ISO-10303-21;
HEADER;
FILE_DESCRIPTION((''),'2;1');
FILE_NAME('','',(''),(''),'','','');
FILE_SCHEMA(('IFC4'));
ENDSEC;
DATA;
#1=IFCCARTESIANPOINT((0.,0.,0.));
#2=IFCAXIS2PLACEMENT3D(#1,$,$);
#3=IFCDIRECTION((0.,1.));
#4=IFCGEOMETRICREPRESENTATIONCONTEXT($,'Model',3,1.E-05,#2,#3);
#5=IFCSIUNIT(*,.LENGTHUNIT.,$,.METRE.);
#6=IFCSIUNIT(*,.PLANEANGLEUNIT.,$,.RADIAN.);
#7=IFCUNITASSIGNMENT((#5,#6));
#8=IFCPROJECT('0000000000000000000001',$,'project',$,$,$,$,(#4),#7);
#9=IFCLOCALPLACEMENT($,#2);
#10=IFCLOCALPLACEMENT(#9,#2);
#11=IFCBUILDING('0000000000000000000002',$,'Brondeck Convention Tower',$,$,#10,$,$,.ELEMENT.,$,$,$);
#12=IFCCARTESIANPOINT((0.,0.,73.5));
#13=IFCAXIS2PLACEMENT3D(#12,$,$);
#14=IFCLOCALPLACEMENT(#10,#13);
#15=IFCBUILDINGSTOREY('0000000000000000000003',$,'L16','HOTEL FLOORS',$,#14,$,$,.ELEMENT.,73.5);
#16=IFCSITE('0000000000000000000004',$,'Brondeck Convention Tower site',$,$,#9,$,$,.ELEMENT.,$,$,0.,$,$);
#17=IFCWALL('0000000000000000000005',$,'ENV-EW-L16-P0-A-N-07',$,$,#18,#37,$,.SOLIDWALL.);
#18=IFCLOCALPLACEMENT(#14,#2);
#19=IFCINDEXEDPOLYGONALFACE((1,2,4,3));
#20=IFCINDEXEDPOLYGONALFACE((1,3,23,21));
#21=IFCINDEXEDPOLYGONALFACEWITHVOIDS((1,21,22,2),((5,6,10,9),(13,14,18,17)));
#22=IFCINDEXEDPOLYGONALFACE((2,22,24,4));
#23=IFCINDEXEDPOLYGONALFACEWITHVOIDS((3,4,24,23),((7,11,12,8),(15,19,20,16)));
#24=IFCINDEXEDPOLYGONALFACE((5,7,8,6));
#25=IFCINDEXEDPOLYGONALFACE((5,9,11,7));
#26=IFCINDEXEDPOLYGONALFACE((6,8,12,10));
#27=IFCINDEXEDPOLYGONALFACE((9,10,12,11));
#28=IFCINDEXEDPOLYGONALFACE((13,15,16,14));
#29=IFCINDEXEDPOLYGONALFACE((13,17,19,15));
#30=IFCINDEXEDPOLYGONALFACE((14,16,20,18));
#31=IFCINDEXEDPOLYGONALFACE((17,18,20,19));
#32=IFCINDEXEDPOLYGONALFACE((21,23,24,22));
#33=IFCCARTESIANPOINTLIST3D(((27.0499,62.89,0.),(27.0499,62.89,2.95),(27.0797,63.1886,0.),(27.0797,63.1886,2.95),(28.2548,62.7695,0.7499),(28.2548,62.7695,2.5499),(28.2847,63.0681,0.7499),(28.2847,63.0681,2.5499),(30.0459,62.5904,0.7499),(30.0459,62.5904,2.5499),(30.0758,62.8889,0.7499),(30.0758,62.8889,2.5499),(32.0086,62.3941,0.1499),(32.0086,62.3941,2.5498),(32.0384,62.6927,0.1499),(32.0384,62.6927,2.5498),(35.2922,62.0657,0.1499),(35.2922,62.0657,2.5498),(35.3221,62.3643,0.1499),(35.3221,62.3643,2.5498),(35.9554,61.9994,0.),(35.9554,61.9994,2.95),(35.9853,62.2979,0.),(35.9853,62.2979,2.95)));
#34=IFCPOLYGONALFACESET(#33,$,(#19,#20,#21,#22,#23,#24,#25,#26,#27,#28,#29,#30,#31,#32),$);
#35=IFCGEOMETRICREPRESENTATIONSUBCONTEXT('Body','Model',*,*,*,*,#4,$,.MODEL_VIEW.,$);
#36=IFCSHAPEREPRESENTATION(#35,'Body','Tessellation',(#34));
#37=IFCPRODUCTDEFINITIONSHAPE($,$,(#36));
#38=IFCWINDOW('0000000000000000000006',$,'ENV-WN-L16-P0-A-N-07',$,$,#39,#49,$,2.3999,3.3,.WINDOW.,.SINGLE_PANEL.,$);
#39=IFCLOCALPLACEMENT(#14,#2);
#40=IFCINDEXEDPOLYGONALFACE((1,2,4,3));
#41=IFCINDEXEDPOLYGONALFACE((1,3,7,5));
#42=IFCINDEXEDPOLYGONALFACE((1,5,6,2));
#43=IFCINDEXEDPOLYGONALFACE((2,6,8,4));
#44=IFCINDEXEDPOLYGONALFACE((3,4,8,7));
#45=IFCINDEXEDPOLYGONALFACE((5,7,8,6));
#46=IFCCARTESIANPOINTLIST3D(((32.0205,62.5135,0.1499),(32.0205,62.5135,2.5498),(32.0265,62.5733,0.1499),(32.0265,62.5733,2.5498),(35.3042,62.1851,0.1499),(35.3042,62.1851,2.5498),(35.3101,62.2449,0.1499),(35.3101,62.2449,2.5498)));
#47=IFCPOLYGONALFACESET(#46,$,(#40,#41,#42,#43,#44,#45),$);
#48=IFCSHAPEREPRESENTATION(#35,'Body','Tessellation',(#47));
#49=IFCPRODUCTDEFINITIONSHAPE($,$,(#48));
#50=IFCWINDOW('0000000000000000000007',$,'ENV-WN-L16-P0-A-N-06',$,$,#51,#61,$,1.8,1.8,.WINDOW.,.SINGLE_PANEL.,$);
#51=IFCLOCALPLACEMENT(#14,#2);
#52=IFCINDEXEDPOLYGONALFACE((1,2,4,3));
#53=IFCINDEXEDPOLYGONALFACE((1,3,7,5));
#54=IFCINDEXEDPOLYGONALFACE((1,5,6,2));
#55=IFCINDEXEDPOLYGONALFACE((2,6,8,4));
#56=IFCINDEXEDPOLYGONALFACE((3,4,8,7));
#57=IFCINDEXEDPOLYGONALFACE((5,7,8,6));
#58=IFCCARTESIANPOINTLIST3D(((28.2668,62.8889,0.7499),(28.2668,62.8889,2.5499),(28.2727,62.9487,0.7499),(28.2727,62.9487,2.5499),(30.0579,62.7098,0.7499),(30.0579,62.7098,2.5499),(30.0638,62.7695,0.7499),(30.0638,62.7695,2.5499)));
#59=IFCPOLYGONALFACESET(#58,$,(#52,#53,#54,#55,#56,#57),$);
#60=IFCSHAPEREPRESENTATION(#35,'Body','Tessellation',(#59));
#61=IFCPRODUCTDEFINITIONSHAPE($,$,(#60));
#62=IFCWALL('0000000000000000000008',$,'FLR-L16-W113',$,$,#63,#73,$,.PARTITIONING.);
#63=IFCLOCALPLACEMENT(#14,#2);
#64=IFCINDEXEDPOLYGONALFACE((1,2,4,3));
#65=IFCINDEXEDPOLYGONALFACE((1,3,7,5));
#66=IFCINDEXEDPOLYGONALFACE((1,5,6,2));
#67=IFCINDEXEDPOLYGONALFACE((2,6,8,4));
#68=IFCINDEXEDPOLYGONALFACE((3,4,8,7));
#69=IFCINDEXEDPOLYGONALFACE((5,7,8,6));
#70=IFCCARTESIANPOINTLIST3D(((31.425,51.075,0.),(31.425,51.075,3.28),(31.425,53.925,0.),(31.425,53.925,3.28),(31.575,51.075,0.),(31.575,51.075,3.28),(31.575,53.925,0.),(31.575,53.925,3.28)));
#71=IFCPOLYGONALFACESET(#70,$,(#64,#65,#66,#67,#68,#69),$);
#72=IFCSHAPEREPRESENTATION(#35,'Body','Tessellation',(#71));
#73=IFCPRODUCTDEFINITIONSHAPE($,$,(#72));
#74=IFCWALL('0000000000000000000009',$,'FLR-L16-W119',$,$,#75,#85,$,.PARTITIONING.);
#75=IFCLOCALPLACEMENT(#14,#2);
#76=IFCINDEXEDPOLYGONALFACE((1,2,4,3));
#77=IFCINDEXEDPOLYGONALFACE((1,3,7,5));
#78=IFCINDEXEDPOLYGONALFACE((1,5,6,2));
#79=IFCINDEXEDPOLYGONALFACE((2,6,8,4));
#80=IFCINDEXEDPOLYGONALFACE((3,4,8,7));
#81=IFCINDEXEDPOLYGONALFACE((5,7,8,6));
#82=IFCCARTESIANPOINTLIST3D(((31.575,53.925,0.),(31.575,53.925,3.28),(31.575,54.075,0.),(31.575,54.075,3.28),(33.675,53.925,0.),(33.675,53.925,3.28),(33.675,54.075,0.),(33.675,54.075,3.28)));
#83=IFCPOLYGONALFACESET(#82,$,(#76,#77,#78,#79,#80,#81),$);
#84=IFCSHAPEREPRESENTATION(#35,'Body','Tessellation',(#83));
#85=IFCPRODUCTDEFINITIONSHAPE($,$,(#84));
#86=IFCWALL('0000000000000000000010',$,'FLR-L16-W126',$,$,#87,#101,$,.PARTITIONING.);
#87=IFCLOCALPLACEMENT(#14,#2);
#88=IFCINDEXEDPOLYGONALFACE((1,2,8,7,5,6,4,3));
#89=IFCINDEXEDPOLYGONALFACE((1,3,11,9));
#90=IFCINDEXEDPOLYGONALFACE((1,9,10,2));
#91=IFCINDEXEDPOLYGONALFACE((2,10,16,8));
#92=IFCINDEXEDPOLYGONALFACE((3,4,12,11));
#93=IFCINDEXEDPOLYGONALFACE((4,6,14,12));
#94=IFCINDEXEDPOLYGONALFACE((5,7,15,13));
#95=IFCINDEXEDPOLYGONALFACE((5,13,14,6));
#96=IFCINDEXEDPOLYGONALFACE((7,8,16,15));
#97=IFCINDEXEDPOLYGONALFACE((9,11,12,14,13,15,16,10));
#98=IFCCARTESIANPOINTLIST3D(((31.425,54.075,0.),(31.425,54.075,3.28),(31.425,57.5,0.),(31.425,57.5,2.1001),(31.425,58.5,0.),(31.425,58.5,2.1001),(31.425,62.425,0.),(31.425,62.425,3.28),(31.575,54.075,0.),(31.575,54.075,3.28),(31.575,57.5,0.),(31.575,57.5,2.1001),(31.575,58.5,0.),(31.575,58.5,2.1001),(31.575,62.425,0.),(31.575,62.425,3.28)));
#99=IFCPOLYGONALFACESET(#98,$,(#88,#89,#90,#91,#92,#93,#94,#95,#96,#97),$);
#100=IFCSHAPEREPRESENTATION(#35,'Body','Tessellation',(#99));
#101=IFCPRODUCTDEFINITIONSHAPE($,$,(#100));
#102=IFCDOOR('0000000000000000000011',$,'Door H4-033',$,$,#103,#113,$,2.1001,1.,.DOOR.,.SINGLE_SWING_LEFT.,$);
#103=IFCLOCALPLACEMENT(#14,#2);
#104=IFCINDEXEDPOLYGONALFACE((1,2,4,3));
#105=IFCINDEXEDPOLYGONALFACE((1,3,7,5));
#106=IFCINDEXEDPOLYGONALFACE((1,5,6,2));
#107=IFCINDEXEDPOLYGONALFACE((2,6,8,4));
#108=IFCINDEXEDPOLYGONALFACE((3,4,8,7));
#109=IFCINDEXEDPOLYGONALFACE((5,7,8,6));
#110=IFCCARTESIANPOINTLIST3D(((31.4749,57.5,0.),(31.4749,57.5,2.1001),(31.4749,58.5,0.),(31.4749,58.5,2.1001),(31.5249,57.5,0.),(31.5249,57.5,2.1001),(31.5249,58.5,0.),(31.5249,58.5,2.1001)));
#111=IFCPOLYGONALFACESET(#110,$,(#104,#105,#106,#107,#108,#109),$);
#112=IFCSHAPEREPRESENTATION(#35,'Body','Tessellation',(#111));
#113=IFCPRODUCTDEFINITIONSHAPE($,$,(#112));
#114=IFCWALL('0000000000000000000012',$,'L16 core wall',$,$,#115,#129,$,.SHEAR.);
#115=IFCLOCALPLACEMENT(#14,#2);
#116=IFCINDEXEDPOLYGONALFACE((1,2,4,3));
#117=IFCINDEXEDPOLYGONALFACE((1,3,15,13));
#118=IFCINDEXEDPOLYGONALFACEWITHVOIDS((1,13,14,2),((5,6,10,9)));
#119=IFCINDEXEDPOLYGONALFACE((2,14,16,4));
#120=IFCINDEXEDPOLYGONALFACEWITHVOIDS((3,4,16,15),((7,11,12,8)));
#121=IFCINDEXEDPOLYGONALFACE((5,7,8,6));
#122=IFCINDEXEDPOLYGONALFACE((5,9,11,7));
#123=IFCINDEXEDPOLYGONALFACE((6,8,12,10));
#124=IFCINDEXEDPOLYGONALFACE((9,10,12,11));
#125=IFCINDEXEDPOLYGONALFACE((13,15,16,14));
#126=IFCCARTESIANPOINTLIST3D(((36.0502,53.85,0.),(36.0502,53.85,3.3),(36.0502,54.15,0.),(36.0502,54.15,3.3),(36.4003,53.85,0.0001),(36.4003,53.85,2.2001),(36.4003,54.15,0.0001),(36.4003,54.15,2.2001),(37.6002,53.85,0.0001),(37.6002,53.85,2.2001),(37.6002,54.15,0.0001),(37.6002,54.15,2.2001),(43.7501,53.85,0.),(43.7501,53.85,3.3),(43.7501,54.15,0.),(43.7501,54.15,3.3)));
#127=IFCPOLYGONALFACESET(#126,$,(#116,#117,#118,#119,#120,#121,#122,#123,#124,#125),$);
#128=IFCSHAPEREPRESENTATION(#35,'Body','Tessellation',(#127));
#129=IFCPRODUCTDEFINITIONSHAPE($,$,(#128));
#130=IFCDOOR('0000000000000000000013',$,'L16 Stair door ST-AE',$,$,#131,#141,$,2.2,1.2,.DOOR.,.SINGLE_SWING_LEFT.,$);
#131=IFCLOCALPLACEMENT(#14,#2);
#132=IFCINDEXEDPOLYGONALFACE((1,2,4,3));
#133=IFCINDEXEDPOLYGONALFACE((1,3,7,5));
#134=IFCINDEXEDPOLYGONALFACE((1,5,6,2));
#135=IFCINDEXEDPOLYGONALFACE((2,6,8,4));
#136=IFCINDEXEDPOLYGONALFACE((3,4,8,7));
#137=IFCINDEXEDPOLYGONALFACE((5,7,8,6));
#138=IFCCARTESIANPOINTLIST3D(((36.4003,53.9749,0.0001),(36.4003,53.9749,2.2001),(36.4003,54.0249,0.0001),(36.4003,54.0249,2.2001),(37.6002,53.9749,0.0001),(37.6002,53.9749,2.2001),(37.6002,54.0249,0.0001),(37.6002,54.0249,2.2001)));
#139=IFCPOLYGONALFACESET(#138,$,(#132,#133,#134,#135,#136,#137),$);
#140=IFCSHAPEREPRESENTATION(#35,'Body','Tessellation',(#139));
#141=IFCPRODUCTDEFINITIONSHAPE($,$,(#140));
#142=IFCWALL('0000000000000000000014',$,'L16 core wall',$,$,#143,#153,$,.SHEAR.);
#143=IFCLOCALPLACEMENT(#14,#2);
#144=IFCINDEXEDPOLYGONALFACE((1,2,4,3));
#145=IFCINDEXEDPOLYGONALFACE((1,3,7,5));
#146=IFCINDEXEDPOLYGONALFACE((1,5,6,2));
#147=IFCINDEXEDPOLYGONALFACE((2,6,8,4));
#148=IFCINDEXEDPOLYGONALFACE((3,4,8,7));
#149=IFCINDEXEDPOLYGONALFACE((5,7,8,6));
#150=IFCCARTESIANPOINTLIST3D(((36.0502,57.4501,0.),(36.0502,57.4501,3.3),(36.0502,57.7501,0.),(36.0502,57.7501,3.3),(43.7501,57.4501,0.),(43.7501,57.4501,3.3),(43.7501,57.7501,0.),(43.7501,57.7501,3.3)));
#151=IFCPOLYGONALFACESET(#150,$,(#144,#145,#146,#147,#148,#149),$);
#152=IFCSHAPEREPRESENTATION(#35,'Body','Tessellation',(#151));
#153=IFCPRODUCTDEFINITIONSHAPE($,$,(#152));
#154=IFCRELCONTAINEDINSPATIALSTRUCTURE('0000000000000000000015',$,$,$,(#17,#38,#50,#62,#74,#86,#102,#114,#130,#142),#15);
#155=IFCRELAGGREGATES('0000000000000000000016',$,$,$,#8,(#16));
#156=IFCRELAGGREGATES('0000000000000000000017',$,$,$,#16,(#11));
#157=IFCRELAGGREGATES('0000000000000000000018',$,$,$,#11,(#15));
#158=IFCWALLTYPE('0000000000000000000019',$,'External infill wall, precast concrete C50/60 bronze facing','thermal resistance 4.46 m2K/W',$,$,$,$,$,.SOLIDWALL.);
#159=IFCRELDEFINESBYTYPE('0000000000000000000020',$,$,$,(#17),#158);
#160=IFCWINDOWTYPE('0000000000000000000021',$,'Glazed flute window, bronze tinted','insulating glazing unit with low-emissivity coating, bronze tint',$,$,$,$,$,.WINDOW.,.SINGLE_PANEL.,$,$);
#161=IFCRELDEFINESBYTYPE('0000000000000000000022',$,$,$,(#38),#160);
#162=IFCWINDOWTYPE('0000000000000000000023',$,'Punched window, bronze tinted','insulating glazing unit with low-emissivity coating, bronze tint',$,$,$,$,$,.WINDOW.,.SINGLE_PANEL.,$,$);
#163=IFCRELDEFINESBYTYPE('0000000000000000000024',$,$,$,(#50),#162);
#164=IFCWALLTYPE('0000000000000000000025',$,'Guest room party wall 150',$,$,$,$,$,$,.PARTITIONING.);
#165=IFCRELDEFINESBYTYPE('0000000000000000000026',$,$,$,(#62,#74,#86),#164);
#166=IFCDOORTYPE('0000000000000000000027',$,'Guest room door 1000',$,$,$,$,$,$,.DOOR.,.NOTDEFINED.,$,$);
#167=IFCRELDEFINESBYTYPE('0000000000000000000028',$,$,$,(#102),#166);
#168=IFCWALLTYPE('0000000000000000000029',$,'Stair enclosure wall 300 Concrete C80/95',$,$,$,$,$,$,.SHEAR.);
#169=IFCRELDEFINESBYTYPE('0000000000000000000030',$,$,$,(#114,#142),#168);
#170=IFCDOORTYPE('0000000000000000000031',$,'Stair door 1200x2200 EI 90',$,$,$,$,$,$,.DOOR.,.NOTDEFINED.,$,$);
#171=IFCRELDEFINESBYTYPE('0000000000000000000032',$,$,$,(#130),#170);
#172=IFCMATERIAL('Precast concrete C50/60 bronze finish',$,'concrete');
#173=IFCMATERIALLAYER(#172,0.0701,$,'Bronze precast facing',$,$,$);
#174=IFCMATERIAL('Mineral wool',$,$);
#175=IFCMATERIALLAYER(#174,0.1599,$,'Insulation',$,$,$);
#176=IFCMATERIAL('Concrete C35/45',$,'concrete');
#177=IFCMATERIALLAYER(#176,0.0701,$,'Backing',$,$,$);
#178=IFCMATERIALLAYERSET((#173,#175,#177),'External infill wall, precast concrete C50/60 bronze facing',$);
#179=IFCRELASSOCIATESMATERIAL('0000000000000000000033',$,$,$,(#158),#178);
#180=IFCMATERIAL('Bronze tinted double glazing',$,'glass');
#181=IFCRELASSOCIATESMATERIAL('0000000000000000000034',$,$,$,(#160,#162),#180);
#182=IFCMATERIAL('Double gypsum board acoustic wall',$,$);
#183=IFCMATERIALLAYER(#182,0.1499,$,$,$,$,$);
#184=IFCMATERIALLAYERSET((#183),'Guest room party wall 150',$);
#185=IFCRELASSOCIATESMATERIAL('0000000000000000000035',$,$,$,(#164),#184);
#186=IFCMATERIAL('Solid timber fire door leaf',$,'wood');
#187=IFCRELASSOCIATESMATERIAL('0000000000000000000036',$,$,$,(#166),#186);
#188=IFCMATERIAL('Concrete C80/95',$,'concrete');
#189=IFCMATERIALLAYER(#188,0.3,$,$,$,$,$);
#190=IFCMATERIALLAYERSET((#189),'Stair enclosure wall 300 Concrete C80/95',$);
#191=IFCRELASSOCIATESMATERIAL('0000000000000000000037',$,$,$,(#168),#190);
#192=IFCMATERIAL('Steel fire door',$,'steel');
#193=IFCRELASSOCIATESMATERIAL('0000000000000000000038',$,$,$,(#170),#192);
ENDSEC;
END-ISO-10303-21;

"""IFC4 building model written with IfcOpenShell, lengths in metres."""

from ifc_helpers import new_model, si_unit, direction, frame, frame_2d, origin, place, context, subcontext, project, spatial, rectangle, extrude, material, layer, layer_set, type_object, element, fill, save


model = new_model("IFC4")

# Units and contexts
model_context = context("Model", 3, precision=1e-05, world=origin(), true_north=direction((0.0, 1.0)))
body_context = subcontext(model_context, "Body", "Model", "MODEL_VIEW")
ifc_project = project(units=[si_unit("LENGTHUNIT", "METRE"), si_unit("PLANEANGLEUNIT", "RADIAN")], contexts=[model_context])

# Site, building, storey
site_placement = place(None, origin())
site = spatial("IfcSite", under=ifc_project, at=site_placement, Name="Brondeck Convention Tower site", CompositionType="ELEMENT", RefElevation=0.0)
building_placement = place(site_placement, origin())
building = spatial("IfcBuilding", under=site, at=building_placement, Name="Brondeck Convention Tower", CompositionType="ELEMENT")
storey_placement = place(building_placement, frame((0.0, 0.0, 73.5)))
storey = spatial("IfcBuildingStorey", under=building, at=storey_placement, Name="L16", Description="HOTEL FLOORS", CompositionType="ELEMENT", Elevation=73.5)

# Shared definitions
ifc_material_1 = material(Name="Concrete C80/95", Category="concrete")

# Wall, openings, windows
ifc_material_2 = material(Name="Precast concrete C50/60 bronze finish", Category="concrete")
ifc_layer_1 = layer(ifc_material_2, 0.0701, Name="Bronze precast facing")
ifc_material_3 = material(Name="Mineral wool")
ifc_layer_2 = layer(ifc_material_3, 0.1599, Name="Insulation")
ifc_material_4 = material(Name="Concrete C35/45", Category="concrete")
ifc_layer_3 = layer(ifc_material_4, 0.0701, Name="Backing")
ifc_layer_set_1 = layer_set([ifc_layer_1, ifc_layer_2, ifc_layer_3], Name="External infill wall, precast concrete C50/60 bronze facing")
wall_type_1 = type_object("IfcWallType", Name="External infill wall, precast concrete C50/60 bronze facing", Description="thermal resistance 4.46 m2K/W", PredefinedType="SOLIDWALL", material=ifc_layer_set_1)
ifc_material_5 = material(Name="Bronze tinted double glazing", Category="glass")
window_type_1 = type_object("IfcWindowType", Name="Glazed flute window, bronze tinted", Description="insulating glazing unit with low-emissivity coating, bronze tint", PartitioningType="SINGLE_PANEL", PredefinedType="WINDOW", material=ifc_material_5)
window_type_2 = type_object("IfcWindowType", Name="Punched window, bronze tinted", Description="insulating glazing unit with low-emissivity coating, bronze tint", PartitioningType="SINGLE_PANEL", PredefinedType="WINDOW", material=ifc_material_5)
wall_1_placement = place(storey_placement, frame((27.0647, 63.0393, 0.0), z_axis=(0.0, 0.0, 1.0), x_axis=(0.995036, -0.099512, 0.0)))
wall_1 = element("IfcWall", 1, at=wall_1_placement, inside=storey, type_object=wall_type_1, Name="ENV-EW-L16-P0-A-N-07", PredefinedType="SOLIDWALL", context=body_context, shape_type="SweptSolid", body=[
    extrude(rectangle(XDim=8.95, YDim=0.3, at=frame_2d((4.4751, 0.0))), origin(), (0.0, 0.0, 1.0), 2.95),
])
opening_1_placement = place(wall_1_placement, frame((1.2112, 0.0, 0.75)))
opening_1 = element("IfcOpeningElement", 2, at=opening_1_placement, cuts=wall_1, PredefinedType="OPENING", context=body_context, shape_type="SweptSolid", body=[
    extrude(rectangle(XDim=1.8, YDim=1.8, at=frame_2d((0.8999, 0.8999))), frame((0.0, 0.1599, 0.0), z_axis=(0.0, -1.0, 0.0), x_axis=(1.0, 0.0, 0.0)), (0.0, 0.0, 1.0), 0.3201),
])
opening_2_placement = place(wall_1_placement, frame((4.9836, 0.0, 0.1499)))
opening_2 = element("IfcOpeningElement", 3, at=opening_2_placement, cuts=wall_1, PredefinedType="OPENING", context=body_context, shape_type="SweptSolid", body=[
    extrude(rectangle(XDim=3.3, YDim=2.3999, at=frame_2d((1.6499, 1.2))), frame((0.0, 0.1599, 0.0), z_axis=(0.0, -1.0, 0.0), x_axis=(1.0, 0.0, 0.0)), (0.0, 0.0, 1.0), 0.3201),
])
window_1_placement = place(opening_2_placement, origin())
window_1 = element("IfcWindow", 4, at=window_1_placement, inside=storey, type_object=window_type_1, Name="ENV-WN-L16-P0-A-N-07", OverallHeight=2.3999, OverallWidth=3.3, PartitioningType="SINGLE_PANEL", PredefinedType="WINDOW", context=body_context, shape_type="SweptSolid", body=[
    extrude(rectangle(XDim=3.3, YDim=2.3999, at=frame_2d((1.6499, 1.2))), frame((0.0, 0.03, 0.0), z_axis=(0.0, -1.0, 0.0), x_axis=(1.0, 0.0, 0.0)), (0.0, 0.0, 1.0), 0.0601),
])
fill(opening_2, window_1)
window_2_placement = place(opening_1_placement, origin())
window_2 = element("IfcWindow", 5, at=window_2_placement, inside=storey, type_object=window_type_2, Name="ENV-WN-L16-P0-A-N-06", OverallHeight=1.8, OverallWidth=1.8, PartitioningType="SINGLE_PANEL", PredefinedType="WINDOW", context=body_context, shape_type="SweptSolid", body=[
    extrude(rectangle(XDim=1.8, YDim=1.8, at=frame_2d((0.8999, 0.8999))), frame((0.0, 0.03, 0.0), z_axis=(0.0, -1.0, 0.0), x_axis=(1.0, 0.0, 0.0)), (0.0, 0.0, 1.0), 0.0601),
])
fill(opening_1, window_2)

# Walls
ifc_material_6 = material(Name="Double gypsum board acoustic wall")
ifc_layer_4 = layer(ifc_material_6, 0.1499)
ifc_layer_set_2 = layer_set([ifc_layer_4], Name="Guest room party wall 150")
wall_type_2 = type_object("IfcWallType", Name="Guest room party wall 150", PredefinedType="PARTITIONING", material=ifc_layer_set_2)
wall_2_placement = place(storey_placement, frame((31.5, 53.925, 0.0), z_axis=(0.0, 0.0, 1.0), x_axis=(0.0, -1.0, 0.0)))
element("IfcWall", 6, at=wall_2_placement, inside=storey, type_object=wall_type_2, Name="FLR-L16-W113", PredefinedType="PARTITIONING", context=body_context, shape_type="SweptSolid", body=[
    extrude(rectangle(XDim=2.8501, YDim=0.1499, at=frame_2d((1.425, 0.0))), origin(), (0.0, 0.0, 1.0), 3.28),
])
wall_3_placement = place(storey_placement, frame((33.675, 54.0, 0.0), z_axis=(0.0, 0.0, 1.0), x_axis=(-1.0, 0.0, 0.0)))
element("IfcWall", 7, at=wall_3_placement, inside=storey, type_object=wall_type_2, Name="FLR-L16-W119", PredefinedType="PARTITIONING", context=body_context, shape_type="SweptSolid", body=[
    extrude(rectangle(XDim=2.1001, YDim=0.1499, at=frame_2d((1.05, 0.0))), origin(), (0.0, 0.0, 1.0), 3.28),
])

# Walls, openings, doors
wall_4_placement = place(storey_placement, frame((31.5, 62.425, 0.0), z_axis=(0.0, 0.0, 1.0), x_axis=(0.0, -1.0, 0.0)))
wall_4 = element("IfcWall", 8, at=wall_4_placement, inside=storey, type_object=wall_type_2, Name="FLR-L16-W126", PredefinedType="PARTITIONING", context=body_context, shape_type="SweptSolid", body=[
    extrude(rectangle(XDim=8.3501, YDim=0.1499, at=frame_2d((4.175, 0.0))), origin(), (0.0, 0.0, 1.0), 3.28),
])
opening_3_placement = place(wall_4_placement, frame((3.925, 0.0, 0.0)))
opening_3 = element("IfcOpeningElement", 9, at=opening_3_placement, cuts=wall_4, PredefinedType="OPENING", context=body_context, shape_type="SweptSolid", body=[
    extrude(rectangle(XDim=1.0, YDim=2.1001, at=frame_2d((0.5, 1.05))), frame((0.0, 0.085, 0.0), z_axis=(0.0, -1.0, 0.0), x_axis=(1.0, 0.0, 0.0)), (0.0, 0.0, 1.0), 0.1699),
])
ifc_material_7 = material(Name="Solid timber fire door leaf", Category="wood")
door_type_1 = type_object("IfcDoorType", Name="Guest room door 1000", OperationType="NOTDEFINED", PredefinedType="DOOR", material=ifc_material_7)
door_1_placement = place(opening_3_placement, origin())
door_1 = element("IfcDoor", 10, at=door_1_placement, inside=storey, type_object=door_type_1, Name="Door H4-033", OperationType="SINGLE_SWING_LEFT", OverallHeight=2.1001, OverallWidth=1.0, PredefinedType="DOOR", context=body_context, shape_type="SweptSolid", body=[
    extrude(rectangle(XDim=1.0, YDim=2.1001, at=frame_2d((0.5, 1.05))), frame((0.0, 0.0249, 0.0), z_axis=(0.0, -1.0, 0.0), x_axis=(1.0, 0.0, 0.0)), (0.0, 0.0, 1.0), 0.05),
])
fill(opening_3, door_1)
ifc_layer_5 = layer(ifc_material_1, 0.3)
ifc_layer_set_3 = layer_set([ifc_layer_5], Name="Stair enclosure wall 300 Concrete C80/95")
wall_type_3 = type_object("IfcWallType", Name="Stair enclosure wall 300 Concrete C80/95", PredefinedType="SHEAR", material=ifc_layer_set_3)
wall_5_placement = place(storey_placement, frame((36.05, 54.0, 0.0), z_axis=(0.0, 0.0, 1.0), x_axis=(1.0, 0.0, 0.0)))
wall_5 = element("IfcWall", 11, at=wall_5_placement, inside=storey, type_object=wall_type_3, Name="L16 core wall", PredefinedType="SHEAR", context=body_context, shape_type="SweptSolid", body=[
    extrude(rectangle(XDim=7.7, YDim=0.3, at=frame_2d((3.8501, 0.0))), origin(), (0.0, 0.0, 1.0), 3.3),
])
opening_4_placement = place(wall_5_placement, frame((0.3501, 0.0, 0.0)))
opening_4 = element("IfcOpeningElement", 12, at=opening_4_placement, cuts=wall_5, PredefinedType="OPENING", context=body_context, shape_type="SweptSolid", body=[
    extrude(rectangle(XDim=1.2, YDim=2.2, at=frame_2d((0.6001, 1.1001))), frame((0.0, 0.1599, 0.0), z_axis=(0.0, -1.0, 0.0), x_axis=(1.0, 0.0, 0.0)), (0.0, 0.0, 1.0), 0.3201),
])
ifc_material_8 = material(Name="Steel fire door", Category="steel")
door_type_2 = type_object("IfcDoorType", Name="Stair door 1200x2200 EI 90", OperationType="NOTDEFINED", PredefinedType="DOOR", material=ifc_material_8)
door_2_placement = place(opening_4_placement, origin())
door_2 = element("IfcDoor", 13, at=door_2_placement, inside=storey, type_object=door_type_2, Name="L16 Stair door ST-AE", OperationType="SINGLE_SWING_LEFT", OverallHeight=2.2, OverallWidth=1.2, PredefinedType="DOOR", context=body_context, shape_type="SweptSolid", body=[
    extrude(rectangle(XDim=1.2, YDim=2.2, at=frame_2d((0.6001, 1.1001))), frame((0.0, 0.0249, 0.0), z_axis=(0.0, -1.0, 0.0), x_axis=(1.0, 0.0, 0.0)), (0.0, 0.0, 1.0), 0.05),
])
fill(opening_4, door_2)

# Wall
wall_6_placement = place(storey_placement, frame((36.05, 57.6001, 0.0), z_axis=(0.0, 0.0, 1.0), x_axis=(1.0, 0.0, 0.0)))
element("IfcWall", 14, at=wall_6_placement, inside=storey, type_object=wall_type_3, Name="L16 core wall", PredefinedType="SHEAR", context=body_context, shape_type="SweptSolid", body=[
    extrude(rectangle(XDim=7.7, YDim=0.3, at=frame_2d((3.8501, 0.0))), origin(), (0.0, 0.0, 1.0), 3.3),
])

save(model, "model.ifc")
